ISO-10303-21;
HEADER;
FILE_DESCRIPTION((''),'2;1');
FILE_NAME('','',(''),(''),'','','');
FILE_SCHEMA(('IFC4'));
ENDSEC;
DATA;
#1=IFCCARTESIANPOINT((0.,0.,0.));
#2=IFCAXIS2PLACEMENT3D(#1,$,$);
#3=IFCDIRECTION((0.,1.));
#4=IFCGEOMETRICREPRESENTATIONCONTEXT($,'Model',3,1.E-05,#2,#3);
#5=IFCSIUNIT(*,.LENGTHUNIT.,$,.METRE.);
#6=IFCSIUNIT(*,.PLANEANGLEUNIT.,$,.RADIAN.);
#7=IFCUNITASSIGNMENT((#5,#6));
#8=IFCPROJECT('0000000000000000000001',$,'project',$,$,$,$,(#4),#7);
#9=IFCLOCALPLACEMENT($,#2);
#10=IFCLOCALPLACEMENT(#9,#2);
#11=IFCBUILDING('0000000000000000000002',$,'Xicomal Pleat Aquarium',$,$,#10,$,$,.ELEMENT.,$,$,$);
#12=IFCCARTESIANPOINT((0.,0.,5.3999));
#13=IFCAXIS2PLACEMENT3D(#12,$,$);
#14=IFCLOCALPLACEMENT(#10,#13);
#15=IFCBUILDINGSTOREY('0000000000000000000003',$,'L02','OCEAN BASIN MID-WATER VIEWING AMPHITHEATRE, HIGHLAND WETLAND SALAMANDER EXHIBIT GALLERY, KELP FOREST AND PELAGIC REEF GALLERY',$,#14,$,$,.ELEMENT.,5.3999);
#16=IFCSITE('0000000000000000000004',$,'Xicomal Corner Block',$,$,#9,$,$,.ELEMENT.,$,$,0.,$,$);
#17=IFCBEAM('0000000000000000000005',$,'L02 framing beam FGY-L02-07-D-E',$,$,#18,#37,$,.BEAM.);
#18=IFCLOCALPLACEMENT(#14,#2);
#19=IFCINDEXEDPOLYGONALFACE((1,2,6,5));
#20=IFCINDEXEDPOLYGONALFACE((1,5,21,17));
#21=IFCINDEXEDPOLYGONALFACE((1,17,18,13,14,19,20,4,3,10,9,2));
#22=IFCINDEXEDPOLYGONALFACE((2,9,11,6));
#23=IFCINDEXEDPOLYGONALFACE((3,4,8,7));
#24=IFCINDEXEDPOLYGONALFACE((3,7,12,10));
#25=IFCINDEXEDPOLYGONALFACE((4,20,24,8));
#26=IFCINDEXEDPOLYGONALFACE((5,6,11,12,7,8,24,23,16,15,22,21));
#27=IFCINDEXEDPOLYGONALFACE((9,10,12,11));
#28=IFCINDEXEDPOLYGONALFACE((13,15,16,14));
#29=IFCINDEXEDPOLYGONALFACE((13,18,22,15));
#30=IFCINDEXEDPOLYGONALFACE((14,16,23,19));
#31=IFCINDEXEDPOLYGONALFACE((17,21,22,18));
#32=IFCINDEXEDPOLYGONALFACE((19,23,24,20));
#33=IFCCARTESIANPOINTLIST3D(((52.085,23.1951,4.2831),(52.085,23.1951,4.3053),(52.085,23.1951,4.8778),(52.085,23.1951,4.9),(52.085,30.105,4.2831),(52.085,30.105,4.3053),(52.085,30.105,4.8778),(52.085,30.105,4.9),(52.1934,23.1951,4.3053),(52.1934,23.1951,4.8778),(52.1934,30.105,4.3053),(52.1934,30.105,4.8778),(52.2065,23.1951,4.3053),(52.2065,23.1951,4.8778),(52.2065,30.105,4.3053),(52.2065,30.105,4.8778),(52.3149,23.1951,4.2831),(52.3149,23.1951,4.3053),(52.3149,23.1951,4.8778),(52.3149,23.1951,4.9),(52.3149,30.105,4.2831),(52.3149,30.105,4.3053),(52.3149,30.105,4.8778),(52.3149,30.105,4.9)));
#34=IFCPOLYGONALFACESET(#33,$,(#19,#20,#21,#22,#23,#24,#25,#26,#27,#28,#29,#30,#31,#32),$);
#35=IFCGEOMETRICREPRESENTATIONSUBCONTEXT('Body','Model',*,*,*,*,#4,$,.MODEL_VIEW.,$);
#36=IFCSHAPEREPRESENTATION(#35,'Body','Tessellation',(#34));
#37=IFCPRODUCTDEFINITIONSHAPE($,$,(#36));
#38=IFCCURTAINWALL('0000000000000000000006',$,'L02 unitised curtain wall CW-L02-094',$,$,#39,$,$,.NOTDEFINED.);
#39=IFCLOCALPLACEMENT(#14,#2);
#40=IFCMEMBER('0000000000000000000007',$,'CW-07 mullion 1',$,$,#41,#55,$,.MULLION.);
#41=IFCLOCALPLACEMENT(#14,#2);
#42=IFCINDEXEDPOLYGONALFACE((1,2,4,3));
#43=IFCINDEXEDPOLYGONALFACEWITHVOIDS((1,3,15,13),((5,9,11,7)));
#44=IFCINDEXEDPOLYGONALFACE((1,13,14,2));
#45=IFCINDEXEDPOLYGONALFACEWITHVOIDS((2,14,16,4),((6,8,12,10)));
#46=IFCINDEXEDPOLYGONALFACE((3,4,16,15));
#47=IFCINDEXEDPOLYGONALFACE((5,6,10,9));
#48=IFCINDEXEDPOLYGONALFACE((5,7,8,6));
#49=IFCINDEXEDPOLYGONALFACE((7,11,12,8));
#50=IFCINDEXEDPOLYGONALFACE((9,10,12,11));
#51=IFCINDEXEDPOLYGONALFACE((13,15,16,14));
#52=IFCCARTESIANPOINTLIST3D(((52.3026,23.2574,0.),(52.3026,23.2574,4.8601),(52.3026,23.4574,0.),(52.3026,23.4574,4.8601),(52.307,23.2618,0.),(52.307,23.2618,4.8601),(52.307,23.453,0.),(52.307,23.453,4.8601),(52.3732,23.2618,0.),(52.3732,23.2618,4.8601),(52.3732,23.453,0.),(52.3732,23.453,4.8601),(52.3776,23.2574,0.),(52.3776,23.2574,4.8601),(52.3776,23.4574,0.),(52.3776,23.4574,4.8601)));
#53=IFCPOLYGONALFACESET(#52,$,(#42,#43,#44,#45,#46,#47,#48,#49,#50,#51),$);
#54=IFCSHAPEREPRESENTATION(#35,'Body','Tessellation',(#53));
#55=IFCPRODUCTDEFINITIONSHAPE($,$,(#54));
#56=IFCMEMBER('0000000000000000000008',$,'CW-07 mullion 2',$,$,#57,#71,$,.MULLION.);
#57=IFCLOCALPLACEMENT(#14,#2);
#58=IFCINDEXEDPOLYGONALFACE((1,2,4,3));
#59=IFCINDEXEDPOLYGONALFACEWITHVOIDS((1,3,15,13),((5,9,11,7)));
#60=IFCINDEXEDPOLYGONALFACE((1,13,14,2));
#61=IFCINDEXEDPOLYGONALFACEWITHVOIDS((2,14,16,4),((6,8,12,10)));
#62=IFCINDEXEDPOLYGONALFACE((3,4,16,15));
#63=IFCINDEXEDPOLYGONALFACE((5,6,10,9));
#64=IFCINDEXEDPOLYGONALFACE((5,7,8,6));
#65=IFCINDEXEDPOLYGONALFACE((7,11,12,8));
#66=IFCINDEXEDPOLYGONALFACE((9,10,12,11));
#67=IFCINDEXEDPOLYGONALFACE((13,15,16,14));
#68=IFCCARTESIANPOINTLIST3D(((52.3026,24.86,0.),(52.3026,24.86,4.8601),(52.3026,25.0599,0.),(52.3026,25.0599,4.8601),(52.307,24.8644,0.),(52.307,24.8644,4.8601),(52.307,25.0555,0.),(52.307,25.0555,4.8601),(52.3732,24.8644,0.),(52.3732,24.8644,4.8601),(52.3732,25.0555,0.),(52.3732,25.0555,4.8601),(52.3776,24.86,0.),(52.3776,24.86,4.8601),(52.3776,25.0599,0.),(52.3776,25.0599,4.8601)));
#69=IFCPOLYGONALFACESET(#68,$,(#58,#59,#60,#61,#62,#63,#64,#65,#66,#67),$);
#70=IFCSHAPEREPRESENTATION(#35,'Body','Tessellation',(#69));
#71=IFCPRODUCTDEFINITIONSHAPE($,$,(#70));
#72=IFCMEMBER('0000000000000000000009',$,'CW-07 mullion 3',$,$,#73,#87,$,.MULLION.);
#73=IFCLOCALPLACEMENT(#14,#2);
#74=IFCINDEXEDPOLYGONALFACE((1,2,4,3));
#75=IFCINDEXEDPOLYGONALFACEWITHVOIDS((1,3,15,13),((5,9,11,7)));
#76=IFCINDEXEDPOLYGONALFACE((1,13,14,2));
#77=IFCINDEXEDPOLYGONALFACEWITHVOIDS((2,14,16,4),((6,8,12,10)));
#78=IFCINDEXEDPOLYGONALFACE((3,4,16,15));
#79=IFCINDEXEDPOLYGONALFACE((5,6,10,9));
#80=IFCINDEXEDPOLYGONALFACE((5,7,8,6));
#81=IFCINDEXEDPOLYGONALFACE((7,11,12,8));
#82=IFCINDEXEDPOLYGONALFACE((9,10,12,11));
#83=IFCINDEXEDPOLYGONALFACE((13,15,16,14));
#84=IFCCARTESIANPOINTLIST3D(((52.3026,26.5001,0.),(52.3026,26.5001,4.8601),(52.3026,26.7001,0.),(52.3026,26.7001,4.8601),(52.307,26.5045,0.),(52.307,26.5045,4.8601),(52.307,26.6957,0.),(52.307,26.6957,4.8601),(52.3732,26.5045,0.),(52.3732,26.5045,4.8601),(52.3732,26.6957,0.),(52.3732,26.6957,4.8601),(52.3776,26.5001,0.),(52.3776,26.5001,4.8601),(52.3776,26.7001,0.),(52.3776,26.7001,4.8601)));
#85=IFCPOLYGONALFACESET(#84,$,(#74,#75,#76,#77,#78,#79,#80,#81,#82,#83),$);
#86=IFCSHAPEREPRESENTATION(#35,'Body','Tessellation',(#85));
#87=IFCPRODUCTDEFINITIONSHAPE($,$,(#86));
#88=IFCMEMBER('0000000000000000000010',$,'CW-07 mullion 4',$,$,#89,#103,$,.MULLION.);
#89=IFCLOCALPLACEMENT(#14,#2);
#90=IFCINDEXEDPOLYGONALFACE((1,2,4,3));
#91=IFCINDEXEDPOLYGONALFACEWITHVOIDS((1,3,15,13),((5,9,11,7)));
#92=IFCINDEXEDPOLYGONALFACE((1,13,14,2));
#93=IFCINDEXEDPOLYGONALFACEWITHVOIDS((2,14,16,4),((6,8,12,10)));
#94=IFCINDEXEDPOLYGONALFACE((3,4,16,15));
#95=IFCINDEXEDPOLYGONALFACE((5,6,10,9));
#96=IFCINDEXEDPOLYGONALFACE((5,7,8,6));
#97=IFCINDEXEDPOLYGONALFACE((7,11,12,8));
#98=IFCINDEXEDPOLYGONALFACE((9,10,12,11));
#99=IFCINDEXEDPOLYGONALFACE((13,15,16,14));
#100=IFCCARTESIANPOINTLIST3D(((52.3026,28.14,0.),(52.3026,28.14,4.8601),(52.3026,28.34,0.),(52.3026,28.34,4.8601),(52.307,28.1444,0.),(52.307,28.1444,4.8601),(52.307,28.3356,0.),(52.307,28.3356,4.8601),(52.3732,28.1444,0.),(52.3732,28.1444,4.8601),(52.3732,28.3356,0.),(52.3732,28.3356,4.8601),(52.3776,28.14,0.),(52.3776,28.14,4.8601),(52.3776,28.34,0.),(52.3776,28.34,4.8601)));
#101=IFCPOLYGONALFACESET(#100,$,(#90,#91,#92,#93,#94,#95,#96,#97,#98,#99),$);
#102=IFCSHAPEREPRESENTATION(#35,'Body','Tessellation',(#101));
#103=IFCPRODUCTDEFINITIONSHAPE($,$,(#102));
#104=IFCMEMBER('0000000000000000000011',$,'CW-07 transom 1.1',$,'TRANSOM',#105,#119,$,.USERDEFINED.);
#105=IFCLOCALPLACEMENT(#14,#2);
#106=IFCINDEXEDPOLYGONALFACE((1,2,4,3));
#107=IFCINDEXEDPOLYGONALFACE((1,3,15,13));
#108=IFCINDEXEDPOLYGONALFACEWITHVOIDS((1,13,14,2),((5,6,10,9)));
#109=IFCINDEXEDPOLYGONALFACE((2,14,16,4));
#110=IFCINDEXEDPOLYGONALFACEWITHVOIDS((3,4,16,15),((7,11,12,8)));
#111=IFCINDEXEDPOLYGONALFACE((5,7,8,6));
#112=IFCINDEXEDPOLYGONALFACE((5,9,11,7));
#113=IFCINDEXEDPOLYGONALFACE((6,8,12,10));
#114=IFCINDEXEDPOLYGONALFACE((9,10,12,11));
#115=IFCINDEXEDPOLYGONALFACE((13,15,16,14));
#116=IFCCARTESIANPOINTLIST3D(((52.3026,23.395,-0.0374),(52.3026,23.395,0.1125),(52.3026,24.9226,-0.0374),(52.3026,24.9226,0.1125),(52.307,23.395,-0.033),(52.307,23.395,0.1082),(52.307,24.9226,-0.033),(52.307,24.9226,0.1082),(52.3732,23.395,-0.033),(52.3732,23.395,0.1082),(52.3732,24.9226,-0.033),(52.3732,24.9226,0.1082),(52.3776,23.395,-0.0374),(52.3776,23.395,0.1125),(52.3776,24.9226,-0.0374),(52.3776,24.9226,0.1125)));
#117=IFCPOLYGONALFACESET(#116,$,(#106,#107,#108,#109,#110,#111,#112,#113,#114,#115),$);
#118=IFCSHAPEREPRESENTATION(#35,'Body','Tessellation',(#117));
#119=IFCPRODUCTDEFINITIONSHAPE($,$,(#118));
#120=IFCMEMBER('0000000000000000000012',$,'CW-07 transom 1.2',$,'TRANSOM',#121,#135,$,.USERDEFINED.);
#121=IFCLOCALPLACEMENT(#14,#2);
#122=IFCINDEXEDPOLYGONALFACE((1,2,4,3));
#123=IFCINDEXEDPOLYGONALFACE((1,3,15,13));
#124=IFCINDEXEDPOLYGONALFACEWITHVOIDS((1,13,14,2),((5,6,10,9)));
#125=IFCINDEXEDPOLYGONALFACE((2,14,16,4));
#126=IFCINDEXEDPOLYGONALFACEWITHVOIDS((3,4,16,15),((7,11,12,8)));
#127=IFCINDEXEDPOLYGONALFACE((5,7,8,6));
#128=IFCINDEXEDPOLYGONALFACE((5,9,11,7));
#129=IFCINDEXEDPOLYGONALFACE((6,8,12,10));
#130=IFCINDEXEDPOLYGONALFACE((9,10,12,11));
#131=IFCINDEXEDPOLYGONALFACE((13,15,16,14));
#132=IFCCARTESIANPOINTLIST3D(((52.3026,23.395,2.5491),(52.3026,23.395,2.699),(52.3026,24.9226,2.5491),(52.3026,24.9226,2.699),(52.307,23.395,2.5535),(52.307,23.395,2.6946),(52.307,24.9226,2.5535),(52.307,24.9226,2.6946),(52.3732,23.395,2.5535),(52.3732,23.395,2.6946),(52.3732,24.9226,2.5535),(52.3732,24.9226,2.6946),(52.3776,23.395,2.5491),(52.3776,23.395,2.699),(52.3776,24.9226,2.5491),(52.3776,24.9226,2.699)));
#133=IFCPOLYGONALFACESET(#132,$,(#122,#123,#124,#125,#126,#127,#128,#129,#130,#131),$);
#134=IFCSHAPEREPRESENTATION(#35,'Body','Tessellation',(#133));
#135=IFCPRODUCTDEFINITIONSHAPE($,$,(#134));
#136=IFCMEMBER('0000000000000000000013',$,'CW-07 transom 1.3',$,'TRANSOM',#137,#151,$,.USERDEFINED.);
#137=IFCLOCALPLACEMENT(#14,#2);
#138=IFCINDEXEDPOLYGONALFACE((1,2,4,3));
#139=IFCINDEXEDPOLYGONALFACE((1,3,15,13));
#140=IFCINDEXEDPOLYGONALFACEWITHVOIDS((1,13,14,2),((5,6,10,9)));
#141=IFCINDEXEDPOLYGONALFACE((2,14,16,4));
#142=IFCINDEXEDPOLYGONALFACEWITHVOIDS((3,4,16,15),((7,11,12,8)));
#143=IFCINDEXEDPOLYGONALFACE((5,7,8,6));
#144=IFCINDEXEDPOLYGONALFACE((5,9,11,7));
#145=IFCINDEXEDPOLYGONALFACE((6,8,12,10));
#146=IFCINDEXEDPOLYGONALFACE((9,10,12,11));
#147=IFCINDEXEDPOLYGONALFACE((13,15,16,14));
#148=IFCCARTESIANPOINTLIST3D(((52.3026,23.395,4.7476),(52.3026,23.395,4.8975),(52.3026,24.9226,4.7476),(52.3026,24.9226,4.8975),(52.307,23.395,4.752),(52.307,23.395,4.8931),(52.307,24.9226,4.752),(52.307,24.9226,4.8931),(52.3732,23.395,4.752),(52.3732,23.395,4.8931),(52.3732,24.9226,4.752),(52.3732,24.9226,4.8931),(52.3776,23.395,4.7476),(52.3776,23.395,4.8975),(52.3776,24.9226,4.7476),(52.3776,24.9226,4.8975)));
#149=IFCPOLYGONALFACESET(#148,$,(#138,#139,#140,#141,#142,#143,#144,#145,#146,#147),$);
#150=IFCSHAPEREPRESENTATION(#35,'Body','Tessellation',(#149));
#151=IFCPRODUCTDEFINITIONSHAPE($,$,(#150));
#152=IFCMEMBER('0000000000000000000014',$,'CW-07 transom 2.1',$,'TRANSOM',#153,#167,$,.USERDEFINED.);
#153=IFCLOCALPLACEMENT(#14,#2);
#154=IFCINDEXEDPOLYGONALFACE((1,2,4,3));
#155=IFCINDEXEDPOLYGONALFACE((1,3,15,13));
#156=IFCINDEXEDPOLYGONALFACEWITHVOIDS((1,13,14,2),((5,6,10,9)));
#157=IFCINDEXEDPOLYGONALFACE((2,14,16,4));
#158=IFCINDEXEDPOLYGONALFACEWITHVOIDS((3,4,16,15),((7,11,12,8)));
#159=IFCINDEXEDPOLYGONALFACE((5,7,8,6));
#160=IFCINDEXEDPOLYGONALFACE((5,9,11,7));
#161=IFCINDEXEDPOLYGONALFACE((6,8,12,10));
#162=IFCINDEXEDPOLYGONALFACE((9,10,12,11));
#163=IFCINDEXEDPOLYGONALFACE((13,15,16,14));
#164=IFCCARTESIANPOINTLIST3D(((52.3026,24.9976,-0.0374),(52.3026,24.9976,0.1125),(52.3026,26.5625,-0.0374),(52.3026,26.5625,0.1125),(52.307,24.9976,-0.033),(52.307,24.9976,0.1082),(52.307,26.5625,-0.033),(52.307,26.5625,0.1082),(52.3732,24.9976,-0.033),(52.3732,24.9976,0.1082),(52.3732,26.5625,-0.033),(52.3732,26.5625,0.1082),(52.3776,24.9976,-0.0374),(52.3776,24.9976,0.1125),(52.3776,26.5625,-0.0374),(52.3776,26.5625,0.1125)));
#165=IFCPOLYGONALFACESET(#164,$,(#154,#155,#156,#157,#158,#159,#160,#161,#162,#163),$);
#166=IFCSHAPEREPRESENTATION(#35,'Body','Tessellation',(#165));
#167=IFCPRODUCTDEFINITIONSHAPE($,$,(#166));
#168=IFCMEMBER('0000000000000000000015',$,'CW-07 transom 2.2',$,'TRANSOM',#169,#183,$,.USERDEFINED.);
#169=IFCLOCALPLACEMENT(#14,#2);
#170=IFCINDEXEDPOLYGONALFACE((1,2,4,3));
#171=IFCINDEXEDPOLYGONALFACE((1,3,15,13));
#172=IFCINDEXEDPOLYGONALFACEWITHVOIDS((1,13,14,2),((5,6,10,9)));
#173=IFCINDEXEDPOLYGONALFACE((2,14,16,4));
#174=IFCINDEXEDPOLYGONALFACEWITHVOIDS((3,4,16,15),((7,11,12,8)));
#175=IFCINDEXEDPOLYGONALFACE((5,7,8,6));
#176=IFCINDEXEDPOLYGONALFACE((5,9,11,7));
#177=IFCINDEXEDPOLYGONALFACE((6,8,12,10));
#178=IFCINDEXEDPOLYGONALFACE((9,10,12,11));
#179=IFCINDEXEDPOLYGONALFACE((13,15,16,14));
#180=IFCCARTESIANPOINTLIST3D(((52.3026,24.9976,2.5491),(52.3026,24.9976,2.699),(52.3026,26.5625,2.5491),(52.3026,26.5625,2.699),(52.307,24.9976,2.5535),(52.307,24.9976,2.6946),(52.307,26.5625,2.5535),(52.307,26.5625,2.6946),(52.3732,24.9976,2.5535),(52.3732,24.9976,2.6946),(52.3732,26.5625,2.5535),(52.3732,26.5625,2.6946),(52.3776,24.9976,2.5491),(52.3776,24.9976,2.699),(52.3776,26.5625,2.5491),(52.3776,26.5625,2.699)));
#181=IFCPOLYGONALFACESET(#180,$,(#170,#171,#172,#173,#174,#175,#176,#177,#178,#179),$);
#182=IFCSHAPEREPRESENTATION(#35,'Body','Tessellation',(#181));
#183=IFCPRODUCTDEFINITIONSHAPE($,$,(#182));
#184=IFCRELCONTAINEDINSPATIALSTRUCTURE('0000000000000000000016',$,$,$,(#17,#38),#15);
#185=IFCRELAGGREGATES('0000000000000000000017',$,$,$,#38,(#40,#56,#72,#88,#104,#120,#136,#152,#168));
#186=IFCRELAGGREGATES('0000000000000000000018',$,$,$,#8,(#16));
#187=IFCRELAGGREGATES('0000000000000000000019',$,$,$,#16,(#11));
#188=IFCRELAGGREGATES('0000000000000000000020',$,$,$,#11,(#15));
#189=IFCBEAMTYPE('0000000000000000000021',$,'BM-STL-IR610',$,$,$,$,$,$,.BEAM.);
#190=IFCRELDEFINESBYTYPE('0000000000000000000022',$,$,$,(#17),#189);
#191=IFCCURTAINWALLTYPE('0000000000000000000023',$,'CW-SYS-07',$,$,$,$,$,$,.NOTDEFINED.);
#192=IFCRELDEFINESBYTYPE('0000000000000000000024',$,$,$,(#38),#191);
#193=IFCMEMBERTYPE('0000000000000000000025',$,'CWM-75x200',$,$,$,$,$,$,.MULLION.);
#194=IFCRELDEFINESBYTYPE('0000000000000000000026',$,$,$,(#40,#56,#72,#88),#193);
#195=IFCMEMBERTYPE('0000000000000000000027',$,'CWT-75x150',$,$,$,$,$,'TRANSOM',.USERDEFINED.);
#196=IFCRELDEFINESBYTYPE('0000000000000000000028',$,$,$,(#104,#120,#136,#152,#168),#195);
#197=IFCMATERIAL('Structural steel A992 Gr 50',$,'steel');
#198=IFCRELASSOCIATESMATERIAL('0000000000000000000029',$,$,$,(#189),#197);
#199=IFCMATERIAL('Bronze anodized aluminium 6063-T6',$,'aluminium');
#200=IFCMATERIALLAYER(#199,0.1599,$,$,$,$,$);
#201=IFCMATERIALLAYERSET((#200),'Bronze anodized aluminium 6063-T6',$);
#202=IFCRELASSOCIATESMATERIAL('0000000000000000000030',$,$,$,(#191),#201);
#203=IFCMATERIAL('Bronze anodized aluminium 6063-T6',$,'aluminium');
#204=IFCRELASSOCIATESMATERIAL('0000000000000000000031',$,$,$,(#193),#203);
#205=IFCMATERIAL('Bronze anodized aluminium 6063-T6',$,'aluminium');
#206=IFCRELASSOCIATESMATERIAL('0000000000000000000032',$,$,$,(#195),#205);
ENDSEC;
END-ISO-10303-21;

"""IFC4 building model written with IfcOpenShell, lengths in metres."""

from ifc_helpers import new_model, si_unit, direction, frame, origin, origin_2d, place, context, subcontext, project, spatial, hollow_rectangle, i_section, extrude, material, layer, layer_set, material_profile, profile_set, type_object, element, aggregate, save


model = new_model("IFC4")

# Units and contexts
model_context = context("Model", 3, precision=1e-05, world=origin(), true_north=direction((0.0, 1.0)))
body_context = subcontext(model_context, "Body", "Model", "MODEL_VIEW")
ifc_project = project(units=[si_unit("LENGTHUNIT", "METRE"), si_unit("PLANEANGLEUNIT", "RADIAN")], contexts=[model_context])

# Site, building, storey
site_placement = place(None, origin())
site = spatial("IfcSite", under=ifc_project, at=site_placement, Name="Xicomal Corner Block", CompositionType="ELEMENT", RefElevation=0.0)
building_placement = place(site_placement, origin())
building = spatial("IfcBuilding", under=site, at=building_placement, Name="Xicomal Pleat Aquarium", CompositionType="ELEMENT")
storey_placement = place(building_placement, frame((0.0, 0.0, 5.3999)))
storey = spatial("IfcBuildingStorey", under=building, at=storey_placement, Name="L02", Description="OCEAN BASIN MID-WATER VIEWING AMPHITHEATRE, HIGHLAND WETLAND SALAMANDER EXHIBIT GALLERY, KELP FOREST AND PELAGIC REEF GALLERY", CompositionType="ELEMENT", Elevation=5.3999)

# Beam
ifc_material_1 = material(Name="Structural steel A992 Gr 50", Category="steel")
ifc_material_profile_1 = material_profile(ifc_material_1, i_section(OverallWidth=0.23, OverallDepth=0.6169, WebThickness=0.0132, FlangeThickness=0.0222, at=origin_2d()), Name="IR 610x140")
ifc_profile_set_1 = profile_set([ifc_material_profile_1], Name="Structural steel A992 Gr 50")
beam_type = type_object("IfcBeamType", Name="BM-STL-IR610", PredefinedType="BEAM", material=ifc_profile_set_1)
beam_placement = place(storey_placement, frame((52.2, 23.1951, 4.5916), z_axis=(0.0, 1.0, 0.0), x_axis=(-1.0, 0.0, 0.0)))
element("IfcBeam", 1, at=beam_placement, inside=storey, type_object=beam_type, Name="L02 framing beam FGY-L02-07-D-E", PredefinedType="BEAM", context=body_context, shape_type="SweptSolid", body=[
    extrude(i_section(OverallWidth=0.23, OverallDepth=0.6169, WebThickness=0.0132, FlangeThickness=0.0222, at=origin_2d()), origin(), (0.0, 0.0, 1.0), 6.9099),
])

# Curtain wall, members
ifc_material_2 = material(Name="Bronze anodized aluminium 6063-T6", Category="aluminium")
ifc_layer_1 = layer(ifc_material_2, 0.1599)
ifc_layer_set_1 = layer_set([ifc_layer_1], Name="Bronze anodized aluminium 6063-T6")
curtain_wall_type = type_object("IfcCurtainWallType", Name="CW-SYS-07", PredefinedType="NOTDEFINED", material=ifc_layer_set_1)
curtain_wall_placement = place(storey_placement, origin())
curtain_wall = element("IfcCurtainWall", 2, at=curtain_wall_placement, inside=storey, type_object=curtain_wall_type, Name="L02 unitised curtain wall CW-L02-094", PredefinedType="NOTDEFINED")
ifc_material_3 = material(Name="Bronze anodized aluminium 6063-T6", Category="aluminium")
ifc_material_profile_2 = material_profile(ifc_material_3, hollow_rectangle(XDim=0.075, YDim=0.2, WallThickness=0.0044, at=origin_2d()), Name="ALU MULL 75x200")
ifc_profile_set_2 = profile_set([ifc_material_profile_2], Name="Bronze anodized aluminium 6063-T6")
member_type_1 = type_object("IfcMemberType", Name="CWM-75x200", PredefinedType="MULLION", material=ifc_profile_set_2)
member_1_placement = place(storey_placement, frame((52.3401, 23.3574, 0.0), z_axis=(0.0, 0.0, 1.0), x_axis=(-1.0, 0.0, 0.0)))
member_1 = element("IfcMember", 3, at=member_1_placement, type_object=member_type_1, Name="CW-07 mullion 1", PredefinedType="MULLION", context=body_context, shape_type="SweptSolid", body=[
    extrude(hollow_rectangle(XDim=0.075, YDim=0.2, WallThickness=0.0044, at=origin_2d()), origin(), (0.0, 0.0, 1.0), 4.8601),
])
member_2_placement = place(storey_placement, frame((52.3401, 24.96, 0.0), z_axis=(0.0, 0.0, 1.0), x_axis=(-1.0, 0.0, 0.0)))
member_2 = element("IfcMember", 4, at=member_2_placement, type_object=member_type_1, Name="CW-07 mullion 2", PredefinedType="MULLION", context=body_context, shape_type="SweptSolid", body=[
    extrude(hollow_rectangle(XDim=0.075, YDim=0.2, WallThickness=0.0044, at=origin_2d()), origin(), (0.0, 0.0, 1.0), 4.8601),
])
member_3_placement = place(storey_placement, frame((52.3401, 26.6001, 0.0), z_axis=(0.0, 0.0, 1.0), x_axis=(-1.0, 0.0, 0.0)))
member_3 = element("IfcMember", 5, at=member_3_placement, type_object=member_type_1, Name="CW-07 mullion 3", PredefinedType="MULLION", context=body_context, shape_type="SweptSolid", body=[
    extrude(hollow_rectangle(XDim=0.075, YDim=0.2, WallThickness=0.0044, at=origin_2d()), origin(), (0.0, 0.0, 1.0), 4.8601),
])
member_4_placement = place(storey_placement, frame((52.3401, 28.24, 0.0), z_axis=(0.0, 0.0, 1.0), x_axis=(-1.0, 0.0, 0.0)))
member_4 = element("IfcMember", 6, at=member_4_placement, type_object=member_type_1, Name="CW-07 mullion 4", PredefinedType="MULLION", context=body_context, shape_type="SweptSolid", body=[
    extrude(hollow_rectangle(XDim=0.075, YDim=0.2, WallThickness=0.0044, at=origin_2d()), origin(), (0.0, 0.0, 1.0), 4.8601),
])
ifc_material_4 = material(Name="Bronze anodized aluminium 6063-T6", Category="aluminium")
ifc_material_profile_3 = material_profile(ifc_material_4, hollow_rectangle(XDim=0.075, YDim=0.1499, WallThickness=0.0044, at=origin_2d()), Name="ALU TRAN 75x150")
ifc_profile_set_3 = profile_set([ifc_material_profile_3], Name="Bronze anodized aluminium 6063-T6")
member_type_2 = type_object("IfcMemberType", Name="CWT-75x150", ElementType="TRANSOM", PredefinedType="USERDEFINED", material=ifc_profile_set_3)
member_5_placement = place(storey_placement, frame((52.3401, 23.395, 0.0376), z_axis=(0.0, 1.0, 0.0), x_axis=(-1.0, 0.0, 0.0)))
member_5 = element("IfcMember", 7, at=member_5_placement, type_object=member_type_2, Name="CW-07 transom 1.1", ObjectType="TRANSOM", PredefinedType="USERDEFINED", context=body_context, shape_type="SweptSolid", body=[
    extrude(hollow_rectangle(XDim=0.075, YDim=0.1499, WallThickness=0.0044, at=origin_2d()), origin(), (0.0, 0.0, 1.0), 1.5276),
])
member_6_placement = place(storey_placement, frame((52.3401, 23.395, 2.624), z_axis=(0.0, 1.0, 0.0), x_axis=(-1.0, 0.0, 0.0)))
member_6 = element("IfcMember", 8, at=member_6_placement, type_object=member_type_2, Name="CW-07 transom 1.2", ObjectType="TRANSOM", PredefinedType="USERDEFINED", context=body_context, shape_type="SweptSolid", body=[
    extrude(hollow_rectangle(XDim=0.075, YDim=0.1499, WallThickness=0.0044, at=origin_2d()), origin(), (0.0, 0.0, 1.0), 1.5276),
])
member_7_placement = place(storey_placement, frame((52.3401, 23.395, 4.8225), z_axis=(0.0, 1.0, 0.0), x_axis=(-1.0, 0.0, 0.0)))
member_7 = element("IfcMember", 9, at=member_7_placement, type_object=member_type_2, Name="CW-07 transom 1.3", ObjectType="TRANSOM", PredefinedType="USERDEFINED", context=body_context, shape_type="SweptSolid", body=[
    extrude(hollow_rectangle(XDim=0.075, YDim=0.1499, WallThickness=0.0044, at=origin_2d()), origin(), (0.0, 0.0, 1.0), 1.5276),
])
member_8_placement = place(storey_placement, frame((52.3401, 24.9976, 0.0376), z_axis=(0.0, 1.0, 0.0), x_axis=(-1.0, 0.0, 0.0)))
member_8 = element("IfcMember", 10, at=member_8_placement, type_object=member_type_2, Name="CW-07 transom 2.1", ObjectType="TRANSOM", PredefinedType="USERDEFINED", context=body_context, shape_type="SweptSolid", body=[
    extrude(hollow_rectangle(XDim=0.075, YDim=0.1499, WallThickness=0.0044, at=origin_2d()), origin(), (0.0, 0.0, 1.0), 1.5649),
])
member_9_placement = place(storey_placement, frame((52.3401, 24.9976, 2.624), z_axis=(0.0, 1.0, 0.0), x_axis=(-1.0, 0.0, 0.0)))
member_9 = element("IfcMember", 11, at=member_9_placement, type_object=member_type_2, Name="CW-07 transom 2.2", ObjectType="TRANSOM", PredefinedType="USERDEFINED", context=body_context, shape_type="SweptSolid", body=[
    extrude(hollow_rectangle(XDim=0.075, YDim=0.1499, WallThickness=0.0044, at=origin_2d()), origin(), (0.0, 0.0, 1.0), 1.5649),
])
aggregate(curtain_wall, [member_1, member_2, member_3, member_4, member_5, member_6, member_7, member_8, member_9])

save(model, "model.ifc")
